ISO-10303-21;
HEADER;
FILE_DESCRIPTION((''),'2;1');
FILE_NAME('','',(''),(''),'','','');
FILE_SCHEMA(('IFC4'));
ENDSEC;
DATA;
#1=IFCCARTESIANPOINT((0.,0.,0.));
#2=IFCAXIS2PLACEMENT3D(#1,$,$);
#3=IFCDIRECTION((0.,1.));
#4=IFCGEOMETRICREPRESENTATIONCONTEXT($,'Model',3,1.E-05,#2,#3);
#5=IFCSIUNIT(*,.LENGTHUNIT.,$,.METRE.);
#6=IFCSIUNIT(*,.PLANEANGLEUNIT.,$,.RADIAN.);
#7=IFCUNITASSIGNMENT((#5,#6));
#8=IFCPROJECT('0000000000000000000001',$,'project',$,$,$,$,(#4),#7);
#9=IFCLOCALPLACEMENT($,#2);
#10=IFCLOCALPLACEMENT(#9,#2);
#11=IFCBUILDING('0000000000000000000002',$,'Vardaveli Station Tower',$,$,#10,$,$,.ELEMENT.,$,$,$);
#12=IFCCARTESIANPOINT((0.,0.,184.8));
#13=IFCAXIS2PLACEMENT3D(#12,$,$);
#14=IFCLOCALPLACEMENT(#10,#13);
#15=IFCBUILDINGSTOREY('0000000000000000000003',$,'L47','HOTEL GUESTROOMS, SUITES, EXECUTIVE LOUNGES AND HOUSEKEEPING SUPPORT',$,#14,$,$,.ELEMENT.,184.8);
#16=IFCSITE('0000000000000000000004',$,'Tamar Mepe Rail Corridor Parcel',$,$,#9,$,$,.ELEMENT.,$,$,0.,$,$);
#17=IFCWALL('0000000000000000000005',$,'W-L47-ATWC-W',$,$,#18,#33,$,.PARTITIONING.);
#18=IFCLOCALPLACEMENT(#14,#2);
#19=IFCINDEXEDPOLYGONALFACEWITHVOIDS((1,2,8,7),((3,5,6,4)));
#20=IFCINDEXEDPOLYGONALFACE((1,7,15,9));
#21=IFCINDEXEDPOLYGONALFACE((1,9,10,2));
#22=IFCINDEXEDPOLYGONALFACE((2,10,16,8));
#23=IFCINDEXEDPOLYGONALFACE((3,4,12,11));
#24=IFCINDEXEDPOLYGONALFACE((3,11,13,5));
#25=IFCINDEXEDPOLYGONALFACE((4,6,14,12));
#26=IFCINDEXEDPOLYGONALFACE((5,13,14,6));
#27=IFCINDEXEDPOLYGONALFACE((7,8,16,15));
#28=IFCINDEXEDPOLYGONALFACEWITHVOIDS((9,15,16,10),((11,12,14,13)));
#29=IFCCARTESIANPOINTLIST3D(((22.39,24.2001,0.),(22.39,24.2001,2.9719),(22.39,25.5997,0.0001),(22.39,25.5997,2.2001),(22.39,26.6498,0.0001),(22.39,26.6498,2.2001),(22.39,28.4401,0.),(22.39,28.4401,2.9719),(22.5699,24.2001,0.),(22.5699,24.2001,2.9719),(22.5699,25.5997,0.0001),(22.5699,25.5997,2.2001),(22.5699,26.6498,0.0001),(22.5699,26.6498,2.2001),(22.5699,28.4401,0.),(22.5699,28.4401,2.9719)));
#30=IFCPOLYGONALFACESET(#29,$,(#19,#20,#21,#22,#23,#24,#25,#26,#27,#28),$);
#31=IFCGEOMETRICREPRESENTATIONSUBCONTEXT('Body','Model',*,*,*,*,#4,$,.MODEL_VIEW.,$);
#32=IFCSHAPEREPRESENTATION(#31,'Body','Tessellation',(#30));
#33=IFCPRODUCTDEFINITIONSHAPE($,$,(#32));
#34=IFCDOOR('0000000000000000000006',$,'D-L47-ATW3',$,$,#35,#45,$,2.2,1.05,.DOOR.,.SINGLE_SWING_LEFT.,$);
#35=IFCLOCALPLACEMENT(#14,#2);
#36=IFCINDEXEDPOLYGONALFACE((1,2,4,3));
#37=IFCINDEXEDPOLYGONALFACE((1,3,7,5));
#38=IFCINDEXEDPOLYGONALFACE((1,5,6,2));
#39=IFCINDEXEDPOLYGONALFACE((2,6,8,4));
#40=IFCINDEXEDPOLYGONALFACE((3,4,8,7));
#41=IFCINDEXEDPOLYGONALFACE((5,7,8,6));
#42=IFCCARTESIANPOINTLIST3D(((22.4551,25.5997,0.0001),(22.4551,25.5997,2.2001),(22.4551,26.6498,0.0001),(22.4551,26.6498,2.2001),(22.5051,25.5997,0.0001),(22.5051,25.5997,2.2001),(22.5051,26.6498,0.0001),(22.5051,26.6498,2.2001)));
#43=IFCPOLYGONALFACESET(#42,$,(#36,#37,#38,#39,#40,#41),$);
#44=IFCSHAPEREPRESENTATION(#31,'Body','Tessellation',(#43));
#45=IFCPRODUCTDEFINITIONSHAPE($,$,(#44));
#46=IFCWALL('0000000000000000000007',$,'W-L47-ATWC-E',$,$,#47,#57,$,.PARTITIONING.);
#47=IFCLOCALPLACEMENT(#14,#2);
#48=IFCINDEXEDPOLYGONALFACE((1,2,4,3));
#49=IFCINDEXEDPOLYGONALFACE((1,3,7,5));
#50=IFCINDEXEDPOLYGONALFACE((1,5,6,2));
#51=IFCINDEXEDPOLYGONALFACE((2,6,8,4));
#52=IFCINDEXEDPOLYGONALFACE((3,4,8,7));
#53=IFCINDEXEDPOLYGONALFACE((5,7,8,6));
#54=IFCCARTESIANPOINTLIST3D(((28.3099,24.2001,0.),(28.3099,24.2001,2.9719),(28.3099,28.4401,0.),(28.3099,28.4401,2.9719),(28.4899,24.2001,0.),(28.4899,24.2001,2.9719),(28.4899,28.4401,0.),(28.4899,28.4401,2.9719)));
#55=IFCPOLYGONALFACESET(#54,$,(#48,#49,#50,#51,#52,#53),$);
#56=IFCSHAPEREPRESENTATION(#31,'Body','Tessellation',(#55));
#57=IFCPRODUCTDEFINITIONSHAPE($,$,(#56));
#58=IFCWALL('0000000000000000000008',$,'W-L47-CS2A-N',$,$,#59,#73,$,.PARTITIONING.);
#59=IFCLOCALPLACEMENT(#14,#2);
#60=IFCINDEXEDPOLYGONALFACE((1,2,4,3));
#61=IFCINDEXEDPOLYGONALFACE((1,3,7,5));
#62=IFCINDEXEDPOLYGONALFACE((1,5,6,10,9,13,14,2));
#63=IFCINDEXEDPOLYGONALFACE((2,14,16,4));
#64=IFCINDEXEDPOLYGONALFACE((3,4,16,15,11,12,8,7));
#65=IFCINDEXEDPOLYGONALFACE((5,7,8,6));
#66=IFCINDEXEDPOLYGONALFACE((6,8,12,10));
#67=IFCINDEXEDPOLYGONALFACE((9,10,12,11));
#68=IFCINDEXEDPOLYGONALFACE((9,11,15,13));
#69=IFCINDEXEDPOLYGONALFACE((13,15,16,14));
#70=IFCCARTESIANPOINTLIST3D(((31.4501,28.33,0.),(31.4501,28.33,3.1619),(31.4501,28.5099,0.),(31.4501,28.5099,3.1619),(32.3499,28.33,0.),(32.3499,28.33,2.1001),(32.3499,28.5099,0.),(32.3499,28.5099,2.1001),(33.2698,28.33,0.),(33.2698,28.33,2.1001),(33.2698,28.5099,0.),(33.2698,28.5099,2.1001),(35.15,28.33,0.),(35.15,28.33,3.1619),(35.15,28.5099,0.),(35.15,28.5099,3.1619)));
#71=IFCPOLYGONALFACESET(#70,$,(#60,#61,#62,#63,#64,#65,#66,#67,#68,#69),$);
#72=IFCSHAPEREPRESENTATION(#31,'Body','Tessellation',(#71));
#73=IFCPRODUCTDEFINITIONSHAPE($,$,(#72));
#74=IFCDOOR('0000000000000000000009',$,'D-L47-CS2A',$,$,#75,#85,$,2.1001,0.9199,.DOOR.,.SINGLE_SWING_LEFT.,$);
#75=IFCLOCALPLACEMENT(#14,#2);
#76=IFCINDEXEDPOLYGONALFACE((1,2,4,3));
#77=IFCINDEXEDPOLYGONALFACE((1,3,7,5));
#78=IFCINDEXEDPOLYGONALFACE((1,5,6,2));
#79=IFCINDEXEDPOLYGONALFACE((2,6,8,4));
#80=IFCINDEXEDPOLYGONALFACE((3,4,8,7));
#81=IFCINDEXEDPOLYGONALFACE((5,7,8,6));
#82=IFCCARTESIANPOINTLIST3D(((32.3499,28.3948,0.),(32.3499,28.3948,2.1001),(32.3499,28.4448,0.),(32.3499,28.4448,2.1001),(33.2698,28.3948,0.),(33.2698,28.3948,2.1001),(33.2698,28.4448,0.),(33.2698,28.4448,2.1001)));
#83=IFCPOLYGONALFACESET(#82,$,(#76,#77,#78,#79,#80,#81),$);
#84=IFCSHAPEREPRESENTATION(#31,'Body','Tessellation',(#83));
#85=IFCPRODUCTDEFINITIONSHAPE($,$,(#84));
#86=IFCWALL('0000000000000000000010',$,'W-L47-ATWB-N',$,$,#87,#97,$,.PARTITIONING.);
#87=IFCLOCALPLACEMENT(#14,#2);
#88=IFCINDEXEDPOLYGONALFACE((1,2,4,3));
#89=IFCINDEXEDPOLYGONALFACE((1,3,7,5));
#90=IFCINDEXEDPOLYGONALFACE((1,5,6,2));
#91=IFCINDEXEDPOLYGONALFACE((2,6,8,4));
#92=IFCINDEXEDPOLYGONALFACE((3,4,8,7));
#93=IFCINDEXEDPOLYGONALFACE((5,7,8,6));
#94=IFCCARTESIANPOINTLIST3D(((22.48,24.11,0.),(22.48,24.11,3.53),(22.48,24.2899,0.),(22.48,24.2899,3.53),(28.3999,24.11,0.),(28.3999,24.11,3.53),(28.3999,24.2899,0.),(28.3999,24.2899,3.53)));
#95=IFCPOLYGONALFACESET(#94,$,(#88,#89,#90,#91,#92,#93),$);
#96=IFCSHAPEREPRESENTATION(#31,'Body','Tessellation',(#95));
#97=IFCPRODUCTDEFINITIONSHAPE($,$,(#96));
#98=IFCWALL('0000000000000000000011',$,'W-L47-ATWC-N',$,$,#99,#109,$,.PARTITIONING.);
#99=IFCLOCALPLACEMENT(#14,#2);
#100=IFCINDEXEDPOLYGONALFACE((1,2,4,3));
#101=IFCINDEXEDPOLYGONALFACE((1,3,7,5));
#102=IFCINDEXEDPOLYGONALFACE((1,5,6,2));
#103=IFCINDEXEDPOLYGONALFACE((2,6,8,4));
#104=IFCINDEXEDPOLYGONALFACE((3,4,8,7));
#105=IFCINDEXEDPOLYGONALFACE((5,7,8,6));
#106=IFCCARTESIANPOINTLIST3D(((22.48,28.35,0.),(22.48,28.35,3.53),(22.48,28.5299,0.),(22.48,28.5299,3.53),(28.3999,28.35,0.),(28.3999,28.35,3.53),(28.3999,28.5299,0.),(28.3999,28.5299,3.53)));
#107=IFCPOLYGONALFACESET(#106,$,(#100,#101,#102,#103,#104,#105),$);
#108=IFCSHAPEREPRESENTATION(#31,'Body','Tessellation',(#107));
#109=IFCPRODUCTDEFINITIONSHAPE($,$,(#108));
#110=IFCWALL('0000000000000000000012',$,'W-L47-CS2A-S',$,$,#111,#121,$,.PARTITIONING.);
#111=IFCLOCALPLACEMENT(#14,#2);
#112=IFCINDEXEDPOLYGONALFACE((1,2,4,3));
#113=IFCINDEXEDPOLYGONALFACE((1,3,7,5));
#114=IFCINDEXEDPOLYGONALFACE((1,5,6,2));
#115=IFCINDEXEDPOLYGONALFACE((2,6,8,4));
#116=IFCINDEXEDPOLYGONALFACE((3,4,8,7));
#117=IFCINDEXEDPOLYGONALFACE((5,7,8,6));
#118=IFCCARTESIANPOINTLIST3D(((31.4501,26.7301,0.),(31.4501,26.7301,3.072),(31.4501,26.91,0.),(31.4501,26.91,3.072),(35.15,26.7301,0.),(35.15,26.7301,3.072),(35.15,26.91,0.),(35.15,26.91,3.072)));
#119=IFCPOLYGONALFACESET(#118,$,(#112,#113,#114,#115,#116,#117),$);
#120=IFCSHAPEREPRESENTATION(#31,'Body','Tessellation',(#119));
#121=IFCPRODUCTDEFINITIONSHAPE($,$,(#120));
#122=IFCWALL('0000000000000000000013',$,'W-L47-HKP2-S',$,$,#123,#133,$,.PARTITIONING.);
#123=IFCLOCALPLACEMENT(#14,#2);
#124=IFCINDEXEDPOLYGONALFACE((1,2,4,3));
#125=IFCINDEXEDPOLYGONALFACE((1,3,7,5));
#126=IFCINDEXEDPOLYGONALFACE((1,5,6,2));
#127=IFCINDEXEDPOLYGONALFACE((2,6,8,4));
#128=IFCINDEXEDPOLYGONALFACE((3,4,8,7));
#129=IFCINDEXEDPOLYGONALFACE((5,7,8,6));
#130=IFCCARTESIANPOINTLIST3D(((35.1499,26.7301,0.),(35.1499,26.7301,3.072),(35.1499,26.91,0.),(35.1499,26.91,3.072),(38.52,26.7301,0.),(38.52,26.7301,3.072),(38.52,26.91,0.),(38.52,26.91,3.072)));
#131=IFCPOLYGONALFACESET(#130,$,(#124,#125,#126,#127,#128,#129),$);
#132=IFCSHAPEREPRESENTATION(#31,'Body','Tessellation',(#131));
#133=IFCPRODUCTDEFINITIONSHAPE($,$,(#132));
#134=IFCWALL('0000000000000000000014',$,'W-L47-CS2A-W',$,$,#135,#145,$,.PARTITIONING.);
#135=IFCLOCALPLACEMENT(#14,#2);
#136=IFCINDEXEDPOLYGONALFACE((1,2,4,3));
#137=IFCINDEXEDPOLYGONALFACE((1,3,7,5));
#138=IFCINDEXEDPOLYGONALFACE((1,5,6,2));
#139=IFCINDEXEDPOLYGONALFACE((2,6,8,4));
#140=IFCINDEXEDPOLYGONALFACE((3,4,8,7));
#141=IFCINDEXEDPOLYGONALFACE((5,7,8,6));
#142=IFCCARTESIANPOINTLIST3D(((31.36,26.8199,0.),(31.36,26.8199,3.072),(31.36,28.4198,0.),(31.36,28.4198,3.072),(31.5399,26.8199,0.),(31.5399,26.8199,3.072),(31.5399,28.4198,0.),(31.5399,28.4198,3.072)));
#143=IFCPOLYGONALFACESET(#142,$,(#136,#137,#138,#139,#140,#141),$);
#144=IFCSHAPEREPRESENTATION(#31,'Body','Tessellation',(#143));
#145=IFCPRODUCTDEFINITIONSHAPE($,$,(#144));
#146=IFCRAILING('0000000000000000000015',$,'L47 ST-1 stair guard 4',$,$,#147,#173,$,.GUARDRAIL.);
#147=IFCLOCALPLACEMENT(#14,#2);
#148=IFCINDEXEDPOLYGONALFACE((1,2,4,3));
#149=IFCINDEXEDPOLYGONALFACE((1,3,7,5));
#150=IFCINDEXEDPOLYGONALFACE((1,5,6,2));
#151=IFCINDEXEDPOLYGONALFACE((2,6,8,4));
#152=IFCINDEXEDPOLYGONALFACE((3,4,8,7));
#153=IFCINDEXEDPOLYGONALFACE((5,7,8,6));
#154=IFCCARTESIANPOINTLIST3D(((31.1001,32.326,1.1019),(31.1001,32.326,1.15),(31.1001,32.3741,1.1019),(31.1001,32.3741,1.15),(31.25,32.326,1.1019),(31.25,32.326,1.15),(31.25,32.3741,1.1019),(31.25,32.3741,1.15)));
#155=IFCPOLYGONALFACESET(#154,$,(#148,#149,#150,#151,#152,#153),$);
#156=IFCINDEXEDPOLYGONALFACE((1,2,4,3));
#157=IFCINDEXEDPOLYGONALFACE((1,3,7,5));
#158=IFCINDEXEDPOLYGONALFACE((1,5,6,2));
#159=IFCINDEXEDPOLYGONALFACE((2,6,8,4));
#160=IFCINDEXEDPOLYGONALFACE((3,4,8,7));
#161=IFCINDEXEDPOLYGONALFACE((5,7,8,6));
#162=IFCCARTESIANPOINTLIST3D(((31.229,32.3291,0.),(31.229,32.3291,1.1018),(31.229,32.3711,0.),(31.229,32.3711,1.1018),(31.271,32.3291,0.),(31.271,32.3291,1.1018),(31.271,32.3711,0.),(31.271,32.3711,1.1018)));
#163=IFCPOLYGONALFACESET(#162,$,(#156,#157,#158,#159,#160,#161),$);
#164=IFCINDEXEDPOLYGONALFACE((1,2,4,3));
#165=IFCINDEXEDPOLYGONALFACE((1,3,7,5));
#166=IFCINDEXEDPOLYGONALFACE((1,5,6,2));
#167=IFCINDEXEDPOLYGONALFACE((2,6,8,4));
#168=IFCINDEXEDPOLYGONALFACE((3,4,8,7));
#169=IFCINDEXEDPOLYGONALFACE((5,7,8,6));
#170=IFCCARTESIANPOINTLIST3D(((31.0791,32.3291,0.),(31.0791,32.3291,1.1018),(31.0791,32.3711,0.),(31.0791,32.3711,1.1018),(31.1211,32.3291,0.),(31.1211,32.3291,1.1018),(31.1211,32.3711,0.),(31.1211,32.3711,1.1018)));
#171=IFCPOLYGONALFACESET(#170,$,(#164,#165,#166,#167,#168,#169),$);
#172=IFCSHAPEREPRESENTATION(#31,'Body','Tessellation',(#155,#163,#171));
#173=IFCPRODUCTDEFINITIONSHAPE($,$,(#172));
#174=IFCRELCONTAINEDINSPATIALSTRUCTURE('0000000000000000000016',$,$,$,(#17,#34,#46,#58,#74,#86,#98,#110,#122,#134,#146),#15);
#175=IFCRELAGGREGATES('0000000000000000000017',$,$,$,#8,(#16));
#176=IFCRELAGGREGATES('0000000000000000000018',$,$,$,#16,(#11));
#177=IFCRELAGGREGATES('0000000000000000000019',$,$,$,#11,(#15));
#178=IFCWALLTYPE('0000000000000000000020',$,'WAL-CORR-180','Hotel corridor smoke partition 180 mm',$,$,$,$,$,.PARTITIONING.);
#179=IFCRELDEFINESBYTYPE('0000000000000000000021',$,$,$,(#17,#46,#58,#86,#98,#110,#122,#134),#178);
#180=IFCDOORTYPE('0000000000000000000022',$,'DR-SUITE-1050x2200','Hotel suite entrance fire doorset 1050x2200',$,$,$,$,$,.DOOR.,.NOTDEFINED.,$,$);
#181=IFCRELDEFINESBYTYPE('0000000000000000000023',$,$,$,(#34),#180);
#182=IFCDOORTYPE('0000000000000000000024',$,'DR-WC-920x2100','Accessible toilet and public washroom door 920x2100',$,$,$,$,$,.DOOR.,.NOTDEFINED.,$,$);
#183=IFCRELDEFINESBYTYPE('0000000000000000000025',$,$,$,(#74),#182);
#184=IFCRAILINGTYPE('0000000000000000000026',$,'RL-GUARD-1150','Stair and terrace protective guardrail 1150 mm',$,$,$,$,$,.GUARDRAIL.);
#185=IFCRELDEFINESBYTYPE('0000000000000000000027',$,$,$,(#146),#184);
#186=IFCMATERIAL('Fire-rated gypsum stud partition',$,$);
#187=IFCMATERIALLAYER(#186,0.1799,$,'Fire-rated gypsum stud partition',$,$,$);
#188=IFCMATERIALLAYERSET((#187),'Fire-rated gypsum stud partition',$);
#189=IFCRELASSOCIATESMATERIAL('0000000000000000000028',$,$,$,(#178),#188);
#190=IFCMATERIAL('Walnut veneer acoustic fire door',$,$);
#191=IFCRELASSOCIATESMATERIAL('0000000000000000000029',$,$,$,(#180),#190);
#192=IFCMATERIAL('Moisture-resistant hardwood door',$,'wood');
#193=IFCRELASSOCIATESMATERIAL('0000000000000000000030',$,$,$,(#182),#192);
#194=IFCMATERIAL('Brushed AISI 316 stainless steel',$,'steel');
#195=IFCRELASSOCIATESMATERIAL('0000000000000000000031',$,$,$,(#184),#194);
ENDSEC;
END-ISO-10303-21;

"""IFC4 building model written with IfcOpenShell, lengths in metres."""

from ifc_helpers import new_model, si_unit, direction, frame, frame_2d, origin, origin_2d, place, context, subcontext, project, spatial, rectangle, extrude, source, transform, mapped, material, layer, layer_set, type_object, element, fill, save


model = new_model("IFC4")

# Units and contexts
model_context = context("Model", 3, precision=1e-05, world=origin(), true_north=direction((0.0, 1.0)))
body_context = subcontext(model_context, "Body", "Model", "MODEL_VIEW")
ifc_project = project(units=[si_unit("LENGTHUNIT", "METRE"), si_unit("PLANEANGLEUNIT", "RADIAN")], contexts=[model_context])

# Site, building, storey
site_placement = place(None, origin())
site = spatial("IfcSite", under=ifc_project, at=site_placement, Name="Tamar Mepe Rail Corridor Parcel", CompositionType="ELEMENT", RefElevation=0.0)
building_placement = place(site_placement, origin())
building = spatial("IfcBuilding", under=site, at=building_placement, Name="Vardaveli Station Tower", CompositionType="ELEMENT")
storey_placement = place(building_placement, frame((0.0, 0.0, 184.8)))
storey = spatial("IfcBuildingStorey", under=building, at=storey_placement, Name="L47", Description="HOTEL GUESTROOMS, SUITES, EXECUTIVE LOUNGES AND HOUSEKEEPING SUPPORT", CompositionType="ELEMENT", Elevation=184.8)

# Wall, opening, door
ifc_material_1 = material(Name="Fire-rated gypsum stud partition")
ifc_layer_1 = layer(ifc_material_1, 0.1799, Name="Fire-rated gypsum stud partition")
ifc_layer_set_1 = layer_set([ifc_layer_1], Name="Fire-rated gypsum stud partition")
wall_type_1 = type_object("IfcWallType", Name="WAL-CORR-180", Description="Hotel corridor smoke partition 180 mm", PredefinedType="PARTITIONING", material=ifc_layer_set_1)
shared_shape_1 = source(origin(), body_context, "Body", "SweptSolid", [
    extrude(rectangle(XDim=4.24, YDim=0.1799, at=frame_2d((2.1201, 0.0))), origin(), (0.0, 0.0, 1.0), 2.9719),
])
wall_1_placement = place(storey_placement, frame((22.48, 24.2, 0.0), z_axis=(0.0, 0.0, 1.0), x_axis=(0.0, 1.0, 0.0)))
wall_1 = element("IfcWall", 1, at=wall_1_placement, inside=storey, type_object=wall_type_1, Name="W-L47-ATWC-W", PredefinedType="PARTITIONING", context=body_context, shape_type="MappedRepresentation", body=[
    mapped(shared_shape_1, transform((0.0, 0.0, 0.0), scale=1.0)),
])
shared_shape_2 = source(origin(), body_context, "Body", "SweptSolid", [
    extrude(rectangle(XDim=1.05, YDim=2.2, at=frame_2d((0.5249, 1.1001))), frame((0.0, 0.1001, 0.0), z_axis=(0.0, -1.0, 0.0), x_axis=(1.0, 0.0, 0.0)), (0.0, 0.0, 1.0), 0.2),
])
opening_1_placement = place(wall_1_placement, frame((1.3999, 0.0, 0.0)))
opening_1 = element("IfcOpeningElement", 2, at=opening_1_placement, cuts=wall_1, PredefinedType="OPENING", context=body_context, shape_type="MappedRepresentation", body=[
    mapped(shared_shape_2, transform((0.0, 0.0, 0.0), scale=1.0)),
])
ifc_material_2 = material(Name="Walnut veneer acoustic fire door")
door_type_1 = type_object("IfcDoorType", Name="DR-SUITE-1050x2200", Description="Hotel suite entrance fire doorset 1050x2200", OperationType="NOTDEFINED", PredefinedType="DOOR", material=ifc_material_2)
shared_shape_3 = source(origin(), body_context, "Body", "SweptSolid", [
    extrude(rectangle(XDim=1.05, YDim=2.2, at=frame_2d((0.5249, 1.1001))), frame((0.0, 0.0249, 0.0), z_axis=(0.0, -1.0, 0.0), x_axis=(1.0, 0.0, 0.0)), (0.0, 0.0, 1.0), 0.05),
])
door_1_placement = place(opening_1_placement, origin())
door_1 = element("IfcDoor", 3, at=door_1_placement, inside=storey, type_object=door_type_1, Name="D-L47-ATW3", OperationType="SINGLE_SWING_LEFT", OverallHeight=2.2, OverallWidth=1.05, PredefinedType="DOOR", context=body_context, shape_type="MappedRepresentation", body=[
    mapped(shared_shape_3, transform((0.0, 0.0, 0.0), scale=1.0)),
])
fill(opening_1, door_1)

# Wall
wall_2_placement = place(storey_placement, frame((28.3999, 24.2, 0.0), z_axis=(0.0, 0.0, 1.0), x_axis=(0.0, 1.0, 0.0)))
element("IfcWall", 4, at=wall_2_placement, inside=storey, type_object=wall_type_1, Name="W-L47-ATWC-E", PredefinedType="PARTITIONING", context=body_context, shape_type="MappedRepresentation", body=[
    mapped(shared_shape_1, transform((0.0, 0.0, 0.0), scale=1.0)),
])

# Wall, opening, door
shared_shape_4 = source(origin(), body_context, "Body", "SweptSolid", [
    extrude(rectangle(XDim=3.7, YDim=0.1799, at=frame_2d((1.8501, 0.0))), origin(), (0.0, 0.0, 1.0), 3.1619),
])
wall_3_placement = place(storey_placement, frame((31.45, 28.4199, 0.0), z_axis=(0.0, 0.0, 1.0), x_axis=(1.0, 0.0, 0.0)))
wall_3 = element("IfcWall", 5, at=wall_3_placement, inside=storey, type_object=wall_type_1, Name="W-L47-CS2A-N", PredefinedType="PARTITIONING", context=body_context, shape_type="MappedRepresentation", body=[
    mapped(shared_shape_4, transform((0.0, 0.0, 0.0), scale=1.0)),
])
shared_shape_5 = source(origin(), body_context, "Body", "SweptSolid", [
    extrude(rectangle(XDim=0.9199, YDim=2.1001, at=frame_2d((0.46, 1.05))), frame((0.0, 0.1001, 0.0), z_axis=(0.0, -1.0, 0.0), x_axis=(1.0, 0.0, 0.0)), (0.0, 0.0, 1.0), 0.2),
])
opening_2_placement = place(wall_3_placement, frame((0.8999, 0.0, 0.0)))
opening_2 = element("IfcOpeningElement", 6, at=opening_2_placement, cuts=wall_3, PredefinedType="OPENING", context=body_context, shape_type="MappedRepresentation", body=[
    mapped(shared_shape_5, transform((0.0, 0.0, 0.0), scale=1.0)),
])
ifc_material_3 = material(Name="Moisture-resistant hardwood door", Category="wood")
door_type_2 = type_object("IfcDoorType", Name="DR-WC-920x2100", Description="Accessible toilet and public washroom door 920x2100", OperationType="NOTDEFINED", PredefinedType="DOOR", material=ifc_material_3)
shared_shape_6 = source(origin(), body_context, "Body", "SweptSolid", [
    extrude(rectangle(XDim=0.9199, YDim=2.1001, at=frame_2d((0.46, 1.05))), frame((0.0, 0.0249, 0.0), z_axis=(0.0, -1.0, 0.0), x_axis=(1.0, 0.0, 0.0)), (0.0, 0.0, 1.0), 0.05),
])
door_2_placement = place(opening_2_placement, origin())
door_2 = element("IfcDoor", 7, at=door_2_placement, inside=storey, type_object=door_type_2, Name="D-L47-CS2A", OperationType="SINGLE_SWING_LEFT", OverallHeight=2.1001, OverallWidth=0.9199, PredefinedType="DOOR", context=body_context, shape_type="MappedRepresentation", body=[
    mapped(shared_shape_6, transform((0.0, 0.0, 0.0), scale=1.0)),
])
fill(opening_2, door_2)

# Walls
shared_shape_7 = source(origin(), body_context, "Body", "SweptSolid", [
    extrude(rectangle(XDim=5.9199, YDim=0.1799, at=frame_2d((2.96, 0.0))), origin(), (0.0, 0.0, 1.0), 3.53),
])
for number, where, z_axis, x_axis, name in (
    (8, (22.48, 24.2, 0.0), (0.0, 0.0, 1.0), (1.0, 0.0, 0.0), "W-L47-ATWB-N"),
    (9, (22.48, 28.4399, 0.0), (0.0, 0.0, 1.0), (1.0, 0.0, 0.0), "W-L47-ATWC-N"),
):
    element("IfcWall", number, at=place(storey_placement, frame(where, z_axis=z_axis, x_axis=x_axis)), inside=storey, type_object=wall_type_1, Name=name, PredefinedType="PARTITIONING", context=body_context, shape_type="MappedRepresentation", body=[
        mapped(shared_shape_7, transform((0.0, 0.0, 0.0), scale=1.0)),
    ])
shared_shape_8 = source(origin(), body_context, "Body", "SweptSolid", [
    extrude(rectangle(XDim=3.7, YDim=0.1799, at=frame_2d((1.8501, 0.0))), origin(), (0.0, 0.0, 1.0), 3.072),
])
wall_4_placement = place(storey_placement, frame((31.45, 26.8201, 0.0), z_axis=(0.0, 0.0, 1.0), x_axis=(1.0, 0.0, 0.0)))
element("IfcWall", 10, at=wall_4_placement, inside=storey, type_object=wall_type_1, Name="W-L47-CS2A-S", PredefinedType="PARTITIONING", context=body_context, shape_type="MappedRepresentation", body=[
    mapped(shared_shape_8, transform((0.0, 0.0, 0.0), scale=1.0)),
])
shared_shape_9 = source(origin(), body_context, "Body", "SweptSolid", [
    extrude(rectangle(XDim=3.3701, YDim=0.1799, at=frame_2d((1.6851, 0.0))), origin(), (0.0, 0.0, 1.0), 3.072),
])
wall_5_placement = place(storey_placement, frame((35.1499, 26.8201, 0.0), z_axis=(0.0, 0.0, 1.0), x_axis=(1.0, 0.0, 0.0)))
element("IfcWall", 11, at=wall_5_placement, inside=storey, type_object=wall_type_1, Name="W-L47-HKP2-S", PredefinedType="PARTITIONING", context=body_context, shape_type="MappedRepresentation", body=[
    mapped(shared_shape_9, transform((0.0, 0.0, 0.0), scale=1.0)),
])
shared_shape_10 = source(origin(), body_context, "Body", "SweptSolid", [
    extrude(rectangle(XDim=1.5999, YDim=0.1799, at=frame_2d((0.7998, 0.0))), origin(), (0.0, 0.0, 1.0), 3.072),
])
wall_6_placement = place(storey_placement, frame((31.45, 26.8201, 0.0), z_axis=(0.0, 0.0, 1.0), x_axis=(0.0, 1.0, 0.0)))
element("IfcWall", 12, at=wall_6_placement, inside=storey, type_object=wall_type_1, Name="W-L47-CS2A-W", PredefinedType="PARTITIONING", context=body_context, shape_type="MappedRepresentation", body=[
    mapped(shared_shape_10, transform((0.0, 0.0, 0.0), scale=1.0)),
])

# Railing
ifc_material_4 = material(Name="Brushed AISI 316 stainless steel", Category="steel")
railing_type = type_object("IfcRailingType", Name="RL-GUARD-1150", Description="Stair and terrace protective guardrail 1150 mm", PredefinedType="GUARDRAIL", material=ifc_material_4)
shared_shape_11 = source(origin(), body_context, "Body", "SweptSolid", [
    extrude(rectangle(XDim=0.0481, YDim=0.0481, at=origin_2d()), frame((0.0, 0.0, 1.126), z_axis=(-1.0, 0.0, 0.0), x_axis=(0.0, -1.0, 0.0)), (0.0, 0.0, 1.0), 0.1499),
    extrude(rectangle(XDim=0.042, YDim=0.042, at=origin_2d()), origin(), (0.0, 0.0, 1.0), 1.1018),
    extrude(rectangle(XDim=0.042, YDim=0.042, at=origin_2d()), frame((-0.1499, 0.0, 0.0)), (0.0, 0.0, 1.0), 1.1018),
])
railing_placement = place(storey_placement, frame((31.25, 32.3501, 0.0)))
element("IfcRailing", 13, at=railing_placement, inside=storey, type_object=railing_type, Name="L47 ST-1 stair guard 4", PredefinedType="GUARDRAIL", context=body_context, shape_type="MappedRepresentation", body=[
    mapped(shared_shape_11, transform((0.0, 0.0, 0.0), scale=1.0)),
])

save(model, "model.ifc")
